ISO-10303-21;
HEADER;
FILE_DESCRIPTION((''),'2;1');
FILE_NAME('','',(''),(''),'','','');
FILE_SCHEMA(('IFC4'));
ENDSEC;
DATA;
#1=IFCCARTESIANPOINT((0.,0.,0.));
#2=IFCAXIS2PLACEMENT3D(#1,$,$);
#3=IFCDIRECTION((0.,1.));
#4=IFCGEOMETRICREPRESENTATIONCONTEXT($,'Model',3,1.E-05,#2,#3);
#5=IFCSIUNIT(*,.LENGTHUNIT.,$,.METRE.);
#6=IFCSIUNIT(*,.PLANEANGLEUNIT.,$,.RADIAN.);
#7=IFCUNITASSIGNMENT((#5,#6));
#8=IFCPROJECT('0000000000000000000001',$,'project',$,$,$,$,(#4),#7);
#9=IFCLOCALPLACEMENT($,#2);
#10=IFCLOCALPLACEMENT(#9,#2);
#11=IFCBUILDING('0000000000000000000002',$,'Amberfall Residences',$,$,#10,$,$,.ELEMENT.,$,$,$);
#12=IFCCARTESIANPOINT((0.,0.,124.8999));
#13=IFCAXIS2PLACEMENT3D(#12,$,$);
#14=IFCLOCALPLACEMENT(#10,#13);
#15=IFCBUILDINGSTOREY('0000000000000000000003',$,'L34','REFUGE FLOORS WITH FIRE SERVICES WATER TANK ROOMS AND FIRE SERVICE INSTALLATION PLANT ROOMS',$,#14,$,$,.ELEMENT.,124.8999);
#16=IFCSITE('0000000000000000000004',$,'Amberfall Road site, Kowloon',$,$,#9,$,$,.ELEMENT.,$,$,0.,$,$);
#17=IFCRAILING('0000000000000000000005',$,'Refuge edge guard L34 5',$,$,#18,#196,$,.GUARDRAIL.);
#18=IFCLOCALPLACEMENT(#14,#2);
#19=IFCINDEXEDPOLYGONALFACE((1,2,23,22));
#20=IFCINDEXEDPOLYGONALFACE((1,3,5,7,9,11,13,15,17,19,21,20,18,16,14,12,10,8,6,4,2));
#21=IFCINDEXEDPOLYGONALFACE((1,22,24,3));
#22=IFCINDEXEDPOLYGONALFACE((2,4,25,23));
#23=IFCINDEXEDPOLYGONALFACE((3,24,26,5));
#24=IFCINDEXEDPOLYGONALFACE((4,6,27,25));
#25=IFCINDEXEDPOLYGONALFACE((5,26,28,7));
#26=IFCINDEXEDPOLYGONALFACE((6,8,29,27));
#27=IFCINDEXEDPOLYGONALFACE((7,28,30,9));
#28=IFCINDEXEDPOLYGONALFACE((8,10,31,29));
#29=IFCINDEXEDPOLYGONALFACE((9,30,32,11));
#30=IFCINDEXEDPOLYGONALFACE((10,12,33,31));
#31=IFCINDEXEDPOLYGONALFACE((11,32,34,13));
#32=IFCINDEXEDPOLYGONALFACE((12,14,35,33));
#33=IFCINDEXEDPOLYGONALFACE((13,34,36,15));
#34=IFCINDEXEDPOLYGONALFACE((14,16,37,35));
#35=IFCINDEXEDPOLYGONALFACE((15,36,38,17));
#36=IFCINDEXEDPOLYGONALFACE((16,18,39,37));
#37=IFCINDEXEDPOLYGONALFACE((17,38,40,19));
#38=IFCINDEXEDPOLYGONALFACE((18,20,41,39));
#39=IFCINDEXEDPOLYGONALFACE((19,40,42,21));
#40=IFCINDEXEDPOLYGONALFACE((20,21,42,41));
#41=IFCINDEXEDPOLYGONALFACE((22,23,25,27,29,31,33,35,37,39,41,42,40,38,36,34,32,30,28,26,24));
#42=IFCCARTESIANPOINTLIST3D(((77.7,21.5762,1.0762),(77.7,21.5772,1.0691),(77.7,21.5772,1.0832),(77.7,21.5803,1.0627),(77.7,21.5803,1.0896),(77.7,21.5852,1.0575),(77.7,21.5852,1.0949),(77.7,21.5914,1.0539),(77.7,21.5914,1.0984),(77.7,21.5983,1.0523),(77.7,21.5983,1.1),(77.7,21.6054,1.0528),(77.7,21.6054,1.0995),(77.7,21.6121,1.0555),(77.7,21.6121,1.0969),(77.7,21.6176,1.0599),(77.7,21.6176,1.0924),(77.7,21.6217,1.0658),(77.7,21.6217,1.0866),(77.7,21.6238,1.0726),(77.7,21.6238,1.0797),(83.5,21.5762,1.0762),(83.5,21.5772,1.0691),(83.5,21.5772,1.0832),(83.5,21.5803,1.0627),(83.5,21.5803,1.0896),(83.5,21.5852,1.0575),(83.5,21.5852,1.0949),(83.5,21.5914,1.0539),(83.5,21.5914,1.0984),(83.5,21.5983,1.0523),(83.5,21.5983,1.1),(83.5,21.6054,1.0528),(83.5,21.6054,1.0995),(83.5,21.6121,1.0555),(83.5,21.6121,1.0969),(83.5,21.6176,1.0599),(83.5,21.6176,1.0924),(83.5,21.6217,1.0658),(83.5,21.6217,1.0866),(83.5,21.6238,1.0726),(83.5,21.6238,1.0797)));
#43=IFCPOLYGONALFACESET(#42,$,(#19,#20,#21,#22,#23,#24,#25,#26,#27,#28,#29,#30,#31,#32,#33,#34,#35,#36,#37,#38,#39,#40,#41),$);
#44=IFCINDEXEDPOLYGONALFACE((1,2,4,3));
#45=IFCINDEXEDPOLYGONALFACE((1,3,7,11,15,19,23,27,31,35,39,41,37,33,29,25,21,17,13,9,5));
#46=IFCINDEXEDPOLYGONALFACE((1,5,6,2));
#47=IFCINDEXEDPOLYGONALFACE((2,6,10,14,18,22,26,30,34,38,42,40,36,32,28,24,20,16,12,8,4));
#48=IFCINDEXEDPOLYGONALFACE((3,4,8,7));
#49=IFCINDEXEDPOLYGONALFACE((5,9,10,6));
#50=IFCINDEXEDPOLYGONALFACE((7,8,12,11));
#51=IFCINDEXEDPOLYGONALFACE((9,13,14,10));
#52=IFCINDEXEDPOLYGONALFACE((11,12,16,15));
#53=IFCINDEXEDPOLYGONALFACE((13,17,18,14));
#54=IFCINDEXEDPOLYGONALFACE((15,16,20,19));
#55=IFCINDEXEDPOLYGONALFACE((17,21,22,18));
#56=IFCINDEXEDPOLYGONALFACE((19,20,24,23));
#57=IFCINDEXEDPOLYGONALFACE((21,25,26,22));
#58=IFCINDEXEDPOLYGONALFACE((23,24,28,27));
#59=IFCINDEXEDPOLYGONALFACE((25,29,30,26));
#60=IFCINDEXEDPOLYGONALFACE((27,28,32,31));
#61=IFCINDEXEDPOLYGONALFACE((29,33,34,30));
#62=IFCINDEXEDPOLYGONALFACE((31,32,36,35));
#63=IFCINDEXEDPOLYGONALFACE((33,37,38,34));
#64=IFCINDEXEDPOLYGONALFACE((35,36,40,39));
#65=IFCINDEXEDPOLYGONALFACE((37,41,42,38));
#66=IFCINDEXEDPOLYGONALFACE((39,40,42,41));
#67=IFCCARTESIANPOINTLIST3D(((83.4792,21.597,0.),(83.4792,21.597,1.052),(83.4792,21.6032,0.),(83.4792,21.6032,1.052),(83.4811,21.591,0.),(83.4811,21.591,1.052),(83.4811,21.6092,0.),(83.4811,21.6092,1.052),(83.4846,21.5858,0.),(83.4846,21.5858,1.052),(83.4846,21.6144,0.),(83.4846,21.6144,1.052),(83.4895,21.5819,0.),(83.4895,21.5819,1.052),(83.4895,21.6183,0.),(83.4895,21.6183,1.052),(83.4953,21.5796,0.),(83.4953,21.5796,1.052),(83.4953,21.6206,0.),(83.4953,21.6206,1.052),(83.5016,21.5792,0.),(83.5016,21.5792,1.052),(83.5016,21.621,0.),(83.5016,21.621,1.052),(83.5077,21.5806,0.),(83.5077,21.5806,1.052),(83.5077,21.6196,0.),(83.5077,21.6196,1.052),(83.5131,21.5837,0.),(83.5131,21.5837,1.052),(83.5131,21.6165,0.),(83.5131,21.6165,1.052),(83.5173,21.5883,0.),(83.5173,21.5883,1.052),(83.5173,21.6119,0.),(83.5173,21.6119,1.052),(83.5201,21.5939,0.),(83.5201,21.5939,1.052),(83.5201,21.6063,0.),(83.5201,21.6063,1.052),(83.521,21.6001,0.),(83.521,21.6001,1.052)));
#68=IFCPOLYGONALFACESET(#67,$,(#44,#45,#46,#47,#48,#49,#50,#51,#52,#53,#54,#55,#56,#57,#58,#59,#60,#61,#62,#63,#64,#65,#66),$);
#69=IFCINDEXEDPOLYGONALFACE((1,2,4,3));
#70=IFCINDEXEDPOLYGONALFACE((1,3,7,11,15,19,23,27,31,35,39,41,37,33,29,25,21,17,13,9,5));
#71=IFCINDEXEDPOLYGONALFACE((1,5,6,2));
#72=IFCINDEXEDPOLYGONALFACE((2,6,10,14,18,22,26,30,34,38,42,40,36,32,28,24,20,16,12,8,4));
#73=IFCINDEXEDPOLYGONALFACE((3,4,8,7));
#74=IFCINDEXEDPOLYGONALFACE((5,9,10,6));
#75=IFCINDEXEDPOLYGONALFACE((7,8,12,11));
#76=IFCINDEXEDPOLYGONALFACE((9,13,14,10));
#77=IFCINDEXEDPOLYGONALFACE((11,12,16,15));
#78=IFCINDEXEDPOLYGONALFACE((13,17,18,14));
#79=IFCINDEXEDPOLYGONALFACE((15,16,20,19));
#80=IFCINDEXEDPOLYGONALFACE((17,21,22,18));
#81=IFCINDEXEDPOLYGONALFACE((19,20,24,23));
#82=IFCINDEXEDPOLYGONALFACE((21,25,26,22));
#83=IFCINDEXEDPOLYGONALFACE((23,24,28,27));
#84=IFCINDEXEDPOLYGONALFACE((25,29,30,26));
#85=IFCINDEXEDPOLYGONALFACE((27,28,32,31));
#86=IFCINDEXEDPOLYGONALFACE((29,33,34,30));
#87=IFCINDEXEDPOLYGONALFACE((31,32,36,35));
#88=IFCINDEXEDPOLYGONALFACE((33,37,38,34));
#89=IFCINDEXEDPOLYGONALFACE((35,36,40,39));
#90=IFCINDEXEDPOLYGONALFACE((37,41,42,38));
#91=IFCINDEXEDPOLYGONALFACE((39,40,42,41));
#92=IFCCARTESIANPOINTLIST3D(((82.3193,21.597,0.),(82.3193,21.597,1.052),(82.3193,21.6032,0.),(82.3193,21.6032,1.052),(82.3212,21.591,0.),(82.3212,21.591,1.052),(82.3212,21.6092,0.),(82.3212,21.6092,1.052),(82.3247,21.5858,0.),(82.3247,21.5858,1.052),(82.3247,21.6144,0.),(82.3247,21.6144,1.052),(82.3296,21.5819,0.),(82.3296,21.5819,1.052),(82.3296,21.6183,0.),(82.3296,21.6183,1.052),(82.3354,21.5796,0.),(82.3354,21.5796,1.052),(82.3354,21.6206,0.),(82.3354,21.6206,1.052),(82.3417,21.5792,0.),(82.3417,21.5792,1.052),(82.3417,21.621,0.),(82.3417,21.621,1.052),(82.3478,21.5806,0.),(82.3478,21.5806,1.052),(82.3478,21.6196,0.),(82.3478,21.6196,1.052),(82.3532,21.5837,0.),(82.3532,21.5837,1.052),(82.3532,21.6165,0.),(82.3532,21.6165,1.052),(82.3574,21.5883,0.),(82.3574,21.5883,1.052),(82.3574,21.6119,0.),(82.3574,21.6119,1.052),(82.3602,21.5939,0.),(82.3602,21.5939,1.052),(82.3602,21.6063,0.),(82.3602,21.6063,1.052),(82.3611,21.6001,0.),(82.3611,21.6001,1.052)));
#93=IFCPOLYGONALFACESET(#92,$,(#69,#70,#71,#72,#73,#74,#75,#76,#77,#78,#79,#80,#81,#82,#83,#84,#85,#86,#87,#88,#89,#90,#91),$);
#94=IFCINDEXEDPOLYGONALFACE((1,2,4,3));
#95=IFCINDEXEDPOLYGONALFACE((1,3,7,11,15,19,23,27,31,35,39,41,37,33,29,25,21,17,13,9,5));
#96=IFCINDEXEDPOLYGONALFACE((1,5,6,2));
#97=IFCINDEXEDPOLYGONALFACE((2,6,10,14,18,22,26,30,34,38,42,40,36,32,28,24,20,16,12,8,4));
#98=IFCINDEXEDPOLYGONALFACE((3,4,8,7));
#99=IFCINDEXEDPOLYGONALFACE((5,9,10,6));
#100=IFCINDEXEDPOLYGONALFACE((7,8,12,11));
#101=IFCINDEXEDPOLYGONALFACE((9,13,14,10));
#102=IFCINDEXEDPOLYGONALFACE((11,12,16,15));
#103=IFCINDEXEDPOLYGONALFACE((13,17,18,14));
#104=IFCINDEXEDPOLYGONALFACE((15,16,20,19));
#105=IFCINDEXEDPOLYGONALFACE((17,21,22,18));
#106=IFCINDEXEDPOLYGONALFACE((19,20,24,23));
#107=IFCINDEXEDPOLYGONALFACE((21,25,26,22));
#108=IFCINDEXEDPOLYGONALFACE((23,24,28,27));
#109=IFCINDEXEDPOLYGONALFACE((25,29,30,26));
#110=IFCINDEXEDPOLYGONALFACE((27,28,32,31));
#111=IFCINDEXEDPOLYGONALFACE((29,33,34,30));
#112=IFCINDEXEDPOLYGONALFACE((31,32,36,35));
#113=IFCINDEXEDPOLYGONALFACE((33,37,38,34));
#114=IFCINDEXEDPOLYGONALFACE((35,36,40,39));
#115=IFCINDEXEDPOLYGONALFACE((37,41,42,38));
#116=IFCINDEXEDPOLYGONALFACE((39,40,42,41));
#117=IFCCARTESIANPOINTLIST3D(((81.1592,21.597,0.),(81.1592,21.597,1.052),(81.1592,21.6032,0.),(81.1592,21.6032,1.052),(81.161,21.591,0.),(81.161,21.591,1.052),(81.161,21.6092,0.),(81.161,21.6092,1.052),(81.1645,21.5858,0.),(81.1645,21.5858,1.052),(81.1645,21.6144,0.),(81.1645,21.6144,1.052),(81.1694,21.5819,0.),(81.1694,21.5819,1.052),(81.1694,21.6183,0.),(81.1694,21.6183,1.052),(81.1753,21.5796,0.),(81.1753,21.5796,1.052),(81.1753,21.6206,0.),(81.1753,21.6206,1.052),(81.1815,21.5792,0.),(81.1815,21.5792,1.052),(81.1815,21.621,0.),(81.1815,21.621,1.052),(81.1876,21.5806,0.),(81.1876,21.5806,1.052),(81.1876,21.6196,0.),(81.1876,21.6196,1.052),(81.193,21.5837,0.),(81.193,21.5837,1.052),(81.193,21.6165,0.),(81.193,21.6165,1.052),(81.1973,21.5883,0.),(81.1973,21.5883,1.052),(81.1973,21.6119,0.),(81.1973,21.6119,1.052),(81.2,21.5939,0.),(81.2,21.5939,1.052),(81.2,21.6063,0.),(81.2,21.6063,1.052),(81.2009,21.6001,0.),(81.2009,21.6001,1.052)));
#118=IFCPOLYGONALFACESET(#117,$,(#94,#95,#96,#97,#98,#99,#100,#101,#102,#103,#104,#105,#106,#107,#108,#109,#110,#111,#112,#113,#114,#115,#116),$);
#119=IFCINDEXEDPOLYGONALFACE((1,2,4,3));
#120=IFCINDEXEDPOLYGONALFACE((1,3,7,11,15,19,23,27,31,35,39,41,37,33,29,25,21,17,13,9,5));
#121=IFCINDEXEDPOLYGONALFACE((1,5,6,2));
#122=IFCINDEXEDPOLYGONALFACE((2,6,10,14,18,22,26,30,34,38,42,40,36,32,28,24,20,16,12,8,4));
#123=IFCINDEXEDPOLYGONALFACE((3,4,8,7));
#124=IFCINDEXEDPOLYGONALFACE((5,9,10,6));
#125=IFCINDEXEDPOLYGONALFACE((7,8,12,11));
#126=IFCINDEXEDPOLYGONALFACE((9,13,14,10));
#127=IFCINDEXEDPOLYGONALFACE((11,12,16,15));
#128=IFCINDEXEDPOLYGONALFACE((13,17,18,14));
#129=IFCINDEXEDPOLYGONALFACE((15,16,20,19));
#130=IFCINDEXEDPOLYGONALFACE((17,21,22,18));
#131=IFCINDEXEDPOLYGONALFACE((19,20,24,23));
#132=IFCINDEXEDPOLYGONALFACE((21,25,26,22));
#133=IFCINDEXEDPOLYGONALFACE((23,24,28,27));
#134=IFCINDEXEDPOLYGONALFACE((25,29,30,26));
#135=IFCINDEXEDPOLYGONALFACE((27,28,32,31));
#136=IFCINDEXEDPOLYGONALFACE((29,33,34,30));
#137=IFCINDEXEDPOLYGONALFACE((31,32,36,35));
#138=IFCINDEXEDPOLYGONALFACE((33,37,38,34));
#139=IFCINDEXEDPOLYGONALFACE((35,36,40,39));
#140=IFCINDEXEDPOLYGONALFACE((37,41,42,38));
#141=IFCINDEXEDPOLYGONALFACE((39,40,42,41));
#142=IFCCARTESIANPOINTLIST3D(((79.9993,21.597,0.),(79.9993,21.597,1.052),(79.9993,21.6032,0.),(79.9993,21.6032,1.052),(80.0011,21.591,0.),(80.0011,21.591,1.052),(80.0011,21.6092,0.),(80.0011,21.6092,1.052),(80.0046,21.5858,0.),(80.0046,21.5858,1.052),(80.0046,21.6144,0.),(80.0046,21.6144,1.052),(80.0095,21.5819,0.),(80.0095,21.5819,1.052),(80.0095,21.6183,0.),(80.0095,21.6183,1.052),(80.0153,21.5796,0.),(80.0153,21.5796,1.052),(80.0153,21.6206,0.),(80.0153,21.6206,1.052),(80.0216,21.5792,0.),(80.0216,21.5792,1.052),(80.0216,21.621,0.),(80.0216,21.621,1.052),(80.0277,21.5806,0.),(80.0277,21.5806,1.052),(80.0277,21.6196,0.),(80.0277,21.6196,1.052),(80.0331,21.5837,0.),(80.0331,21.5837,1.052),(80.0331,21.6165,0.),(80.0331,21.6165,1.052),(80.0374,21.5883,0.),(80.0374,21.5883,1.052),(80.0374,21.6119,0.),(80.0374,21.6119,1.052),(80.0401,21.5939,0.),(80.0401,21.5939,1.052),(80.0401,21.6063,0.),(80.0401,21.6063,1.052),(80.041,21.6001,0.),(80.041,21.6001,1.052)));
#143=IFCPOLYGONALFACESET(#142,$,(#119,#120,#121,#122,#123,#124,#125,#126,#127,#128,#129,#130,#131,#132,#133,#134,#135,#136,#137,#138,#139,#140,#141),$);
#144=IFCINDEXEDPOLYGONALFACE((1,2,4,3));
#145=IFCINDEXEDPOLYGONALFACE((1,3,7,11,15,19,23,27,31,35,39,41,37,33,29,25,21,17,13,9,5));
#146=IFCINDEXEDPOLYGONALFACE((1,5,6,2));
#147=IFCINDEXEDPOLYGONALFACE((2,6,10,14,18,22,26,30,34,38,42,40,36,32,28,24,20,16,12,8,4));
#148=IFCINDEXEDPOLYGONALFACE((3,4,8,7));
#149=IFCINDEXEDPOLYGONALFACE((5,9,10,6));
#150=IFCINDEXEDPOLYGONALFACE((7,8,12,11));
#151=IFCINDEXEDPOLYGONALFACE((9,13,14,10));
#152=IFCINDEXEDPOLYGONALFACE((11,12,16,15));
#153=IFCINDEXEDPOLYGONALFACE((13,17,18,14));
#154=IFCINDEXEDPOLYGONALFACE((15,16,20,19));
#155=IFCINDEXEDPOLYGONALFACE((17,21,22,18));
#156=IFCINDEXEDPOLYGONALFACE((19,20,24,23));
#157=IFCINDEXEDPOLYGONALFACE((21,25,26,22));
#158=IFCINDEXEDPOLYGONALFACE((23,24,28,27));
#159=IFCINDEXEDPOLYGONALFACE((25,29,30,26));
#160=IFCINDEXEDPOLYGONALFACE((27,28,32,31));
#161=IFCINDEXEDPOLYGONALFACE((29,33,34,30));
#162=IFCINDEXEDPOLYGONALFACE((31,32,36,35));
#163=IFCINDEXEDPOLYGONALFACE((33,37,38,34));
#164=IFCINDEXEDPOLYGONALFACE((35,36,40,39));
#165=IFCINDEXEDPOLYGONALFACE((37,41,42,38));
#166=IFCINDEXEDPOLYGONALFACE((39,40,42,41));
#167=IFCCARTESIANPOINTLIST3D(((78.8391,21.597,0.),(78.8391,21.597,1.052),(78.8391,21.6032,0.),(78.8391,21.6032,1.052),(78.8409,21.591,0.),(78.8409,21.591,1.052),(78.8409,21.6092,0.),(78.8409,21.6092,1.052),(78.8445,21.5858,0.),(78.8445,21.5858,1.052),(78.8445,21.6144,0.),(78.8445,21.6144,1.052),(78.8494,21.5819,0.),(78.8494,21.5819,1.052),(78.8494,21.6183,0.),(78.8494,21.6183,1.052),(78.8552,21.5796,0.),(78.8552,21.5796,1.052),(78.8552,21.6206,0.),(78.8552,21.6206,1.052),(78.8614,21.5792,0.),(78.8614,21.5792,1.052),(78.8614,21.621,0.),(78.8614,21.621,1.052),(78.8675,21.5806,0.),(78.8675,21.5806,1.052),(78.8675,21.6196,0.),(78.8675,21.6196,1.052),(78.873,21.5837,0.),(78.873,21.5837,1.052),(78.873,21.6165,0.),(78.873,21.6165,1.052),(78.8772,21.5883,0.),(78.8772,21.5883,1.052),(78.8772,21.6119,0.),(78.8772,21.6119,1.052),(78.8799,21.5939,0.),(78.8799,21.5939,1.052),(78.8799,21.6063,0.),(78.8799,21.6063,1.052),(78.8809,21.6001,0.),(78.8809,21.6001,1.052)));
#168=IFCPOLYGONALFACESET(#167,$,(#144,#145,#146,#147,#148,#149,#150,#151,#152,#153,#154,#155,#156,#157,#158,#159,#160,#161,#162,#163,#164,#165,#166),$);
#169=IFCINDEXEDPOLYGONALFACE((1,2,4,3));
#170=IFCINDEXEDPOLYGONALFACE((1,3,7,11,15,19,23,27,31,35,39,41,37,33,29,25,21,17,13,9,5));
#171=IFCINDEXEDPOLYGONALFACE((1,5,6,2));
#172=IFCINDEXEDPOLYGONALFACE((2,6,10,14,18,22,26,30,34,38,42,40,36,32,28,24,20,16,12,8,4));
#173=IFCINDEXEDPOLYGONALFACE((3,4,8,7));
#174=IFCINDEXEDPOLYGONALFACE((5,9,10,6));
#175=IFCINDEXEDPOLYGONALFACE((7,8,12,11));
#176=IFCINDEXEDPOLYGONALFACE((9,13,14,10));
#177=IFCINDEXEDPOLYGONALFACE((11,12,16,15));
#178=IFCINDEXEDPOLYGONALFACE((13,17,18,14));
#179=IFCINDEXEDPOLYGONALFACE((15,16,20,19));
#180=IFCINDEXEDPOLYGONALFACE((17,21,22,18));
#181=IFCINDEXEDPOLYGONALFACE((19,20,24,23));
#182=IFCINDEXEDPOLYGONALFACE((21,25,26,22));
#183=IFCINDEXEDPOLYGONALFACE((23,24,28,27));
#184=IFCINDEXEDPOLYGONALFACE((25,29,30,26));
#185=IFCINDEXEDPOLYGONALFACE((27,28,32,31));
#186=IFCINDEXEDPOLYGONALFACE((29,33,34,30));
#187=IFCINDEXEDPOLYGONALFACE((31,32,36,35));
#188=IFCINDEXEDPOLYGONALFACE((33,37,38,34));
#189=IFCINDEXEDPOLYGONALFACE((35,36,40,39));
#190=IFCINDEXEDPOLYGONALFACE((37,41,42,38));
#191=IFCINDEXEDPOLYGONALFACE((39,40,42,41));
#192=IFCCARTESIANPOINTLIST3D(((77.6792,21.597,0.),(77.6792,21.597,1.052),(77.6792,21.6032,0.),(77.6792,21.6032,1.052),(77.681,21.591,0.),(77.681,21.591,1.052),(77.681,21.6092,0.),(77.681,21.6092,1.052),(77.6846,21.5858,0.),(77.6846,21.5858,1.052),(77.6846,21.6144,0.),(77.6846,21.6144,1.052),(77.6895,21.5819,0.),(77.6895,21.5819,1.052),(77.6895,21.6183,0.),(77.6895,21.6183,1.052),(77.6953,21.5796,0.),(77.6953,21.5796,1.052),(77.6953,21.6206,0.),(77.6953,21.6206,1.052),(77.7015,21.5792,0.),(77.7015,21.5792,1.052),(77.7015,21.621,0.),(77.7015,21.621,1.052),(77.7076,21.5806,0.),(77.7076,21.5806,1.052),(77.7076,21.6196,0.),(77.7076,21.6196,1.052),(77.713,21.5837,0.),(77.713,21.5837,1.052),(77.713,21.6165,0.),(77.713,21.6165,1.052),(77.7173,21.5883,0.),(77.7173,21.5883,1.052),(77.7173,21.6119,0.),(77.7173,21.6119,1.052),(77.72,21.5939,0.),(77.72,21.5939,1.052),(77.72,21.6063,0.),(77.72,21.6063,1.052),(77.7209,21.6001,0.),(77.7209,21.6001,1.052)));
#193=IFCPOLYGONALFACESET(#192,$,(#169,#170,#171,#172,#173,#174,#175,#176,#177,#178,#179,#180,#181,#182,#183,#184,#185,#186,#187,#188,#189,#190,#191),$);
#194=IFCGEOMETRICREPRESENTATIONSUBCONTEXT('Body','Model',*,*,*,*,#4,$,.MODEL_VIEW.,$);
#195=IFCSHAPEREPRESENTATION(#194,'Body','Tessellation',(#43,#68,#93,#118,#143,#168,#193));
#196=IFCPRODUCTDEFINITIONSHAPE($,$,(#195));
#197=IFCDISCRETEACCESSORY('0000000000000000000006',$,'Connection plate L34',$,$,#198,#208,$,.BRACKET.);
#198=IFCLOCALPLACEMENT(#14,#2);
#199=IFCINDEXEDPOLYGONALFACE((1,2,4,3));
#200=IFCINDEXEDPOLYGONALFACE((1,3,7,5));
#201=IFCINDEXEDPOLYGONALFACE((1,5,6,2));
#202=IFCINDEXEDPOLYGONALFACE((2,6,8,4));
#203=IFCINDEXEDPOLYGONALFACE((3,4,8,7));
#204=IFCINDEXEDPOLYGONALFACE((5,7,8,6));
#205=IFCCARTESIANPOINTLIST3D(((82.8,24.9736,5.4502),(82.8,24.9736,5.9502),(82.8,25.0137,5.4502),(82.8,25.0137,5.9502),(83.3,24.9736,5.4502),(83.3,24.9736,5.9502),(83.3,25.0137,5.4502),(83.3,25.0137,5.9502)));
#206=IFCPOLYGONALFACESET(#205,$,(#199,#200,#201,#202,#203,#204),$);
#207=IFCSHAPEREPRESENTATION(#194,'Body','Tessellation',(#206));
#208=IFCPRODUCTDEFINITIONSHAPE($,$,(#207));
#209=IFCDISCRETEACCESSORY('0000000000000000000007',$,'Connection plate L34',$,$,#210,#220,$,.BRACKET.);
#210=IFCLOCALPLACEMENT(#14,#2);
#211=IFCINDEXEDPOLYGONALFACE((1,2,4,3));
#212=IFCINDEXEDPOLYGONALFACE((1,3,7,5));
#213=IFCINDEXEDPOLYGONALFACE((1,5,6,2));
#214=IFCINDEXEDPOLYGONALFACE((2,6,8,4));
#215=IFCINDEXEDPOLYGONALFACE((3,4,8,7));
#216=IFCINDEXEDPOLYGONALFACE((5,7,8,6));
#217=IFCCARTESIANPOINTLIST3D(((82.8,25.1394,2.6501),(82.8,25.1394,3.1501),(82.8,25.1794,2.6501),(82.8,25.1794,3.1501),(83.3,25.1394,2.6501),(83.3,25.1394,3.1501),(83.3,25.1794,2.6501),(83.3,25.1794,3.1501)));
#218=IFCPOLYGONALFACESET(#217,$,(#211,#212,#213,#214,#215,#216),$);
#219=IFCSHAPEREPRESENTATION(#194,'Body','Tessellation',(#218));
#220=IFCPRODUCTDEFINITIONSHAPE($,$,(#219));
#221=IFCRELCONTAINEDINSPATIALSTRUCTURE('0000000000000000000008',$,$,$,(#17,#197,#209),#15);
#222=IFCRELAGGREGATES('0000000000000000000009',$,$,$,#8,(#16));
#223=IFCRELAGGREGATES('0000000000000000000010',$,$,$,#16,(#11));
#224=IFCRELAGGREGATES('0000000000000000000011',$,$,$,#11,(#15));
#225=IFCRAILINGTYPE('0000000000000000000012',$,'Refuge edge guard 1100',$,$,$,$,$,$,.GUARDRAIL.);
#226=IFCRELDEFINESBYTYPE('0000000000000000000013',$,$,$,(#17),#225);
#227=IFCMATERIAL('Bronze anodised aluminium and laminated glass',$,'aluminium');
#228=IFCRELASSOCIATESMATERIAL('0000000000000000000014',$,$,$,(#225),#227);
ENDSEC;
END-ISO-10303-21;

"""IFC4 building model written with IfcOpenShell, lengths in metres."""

from ifc_helpers import new_model, si_unit, direction, frame, origin, origin_2d, place, context, subcontext, project, spatial, rectangle, circle, extrude, material, type_object, element, save


model = new_model("IFC4")

# Units and contexts
model_context = context("Model", 3, precision=1e-05, world=origin(), true_north=direction((0.0, 1.0)))
body_context = subcontext(model_context, "Body", "Model", "MODEL_VIEW")
ifc_project = project(units=[si_unit("LENGTHUNIT", "METRE"), si_unit("PLANEANGLEUNIT", "RADIAN")], contexts=[model_context])

# Site, building, storey
site_placement = place(None, origin())
site = spatial("IfcSite", under=ifc_project, at=site_placement, Name="Amberfall Road site, Kowloon", CompositionType="ELEMENT", RefElevation=0.0)
building_placement = place(site_placement, origin())
building = spatial("IfcBuilding", under=site, at=building_placement, Name="Amberfall Residences", CompositionType="ELEMENT")
storey_placement = place(building_placement, frame((0.0, 0.0, 124.8999)))
storey = spatial("IfcBuildingStorey", under=building, at=storey_placement, Name="L34", Description="REFUGE FLOORS WITH FIRE SERVICES WATER TANK ROOMS AND FIRE SERVICE INSTALLATION PLANT ROOMS", CompositionType="ELEMENT", Elevation=124.8999)

# Railing
ifc_material_1 = material(Name="Bronze anodised aluminium and laminated glass", Category="aluminium")
railing_type = type_object("IfcRailingType", Name="Refuge edge guard 1100", PredefinedType="GUARDRAIL", material=ifc_material_1)
railing_1_placement = place(storey_placement, frame((83.5, 21.6001, 0.0)))
element("IfcRailing", 1, at=railing_1_placement, inside=storey, type_object=railing_type, Name="Refuge edge guard L34 5", PredefinedType="GUARDRAIL", context=body_context, shape_type="SweptSolid", body=[
    extrude(circle(Radius=0.0239, at=origin_2d()), frame((0.0, 0.0, 1.0762), z_axis=(-1.0, 0.0, 0.0), x_axis=(0.0, -1.0, 0.0)), (0.0, 0.0, 1.0), 5.8),
    extrude(circle(Radius=0.021, at=origin_2d()), origin(), (0.0, 0.0, 1.0), 1.052),
    extrude(circle(Radius=0.021, at=origin_2d()), frame((-1.1599, 0.0, 0.0)), (0.0, 0.0, 1.0), 1.052),
    extrude(circle(Radius=0.021, at=origin_2d()), frame((-2.3201, 0.0, 0.0)), (0.0, 0.0, 1.0), 1.052),
    extrude(circle(Radius=0.021, at=origin_2d()), frame((-3.48, 0.0, 0.0)), (0.0, 0.0, 1.0), 1.052),
    extrude(circle(Radius=0.021, at=origin_2d()), frame((-4.6401, 0.0, 0.0)), (0.0, 0.0, 1.0), 1.052),
    extrude(circle(Radius=0.021, at=origin_2d()), frame((-5.8, 0.0, 0.0)), (0.0, 0.0, 1.0), 1.052),
])

# Discrete accessories
for number, where, z_axis, x_axis, name in (
    (2, (83.05, 24.9937, 5.4502), (0.0, 0.0, 1.0), (1.0, 0.0, 0.0), "Connection plate L34"),
    (3, (83.05, 25.1594, 2.6501), (0.0, 0.0, 1.0), (1.0, 0.0, 0.0), "Connection plate L34"),
):
    element("IfcDiscreteAccessory", number, at=place(storey_placement, frame(where, z_axis=z_axis, x_axis=x_axis)), inside=storey, Name=name, PredefinedType="BRACKET", context=body_context, shape_type="SweptSolid", body=[
        extrude(rectangle(XDim=0.5, YDim=0.04, at=origin_2d()), origin(), (0.0, 0.0, 1.0), 0.5),
    ])

save(model, "model.ifc")
